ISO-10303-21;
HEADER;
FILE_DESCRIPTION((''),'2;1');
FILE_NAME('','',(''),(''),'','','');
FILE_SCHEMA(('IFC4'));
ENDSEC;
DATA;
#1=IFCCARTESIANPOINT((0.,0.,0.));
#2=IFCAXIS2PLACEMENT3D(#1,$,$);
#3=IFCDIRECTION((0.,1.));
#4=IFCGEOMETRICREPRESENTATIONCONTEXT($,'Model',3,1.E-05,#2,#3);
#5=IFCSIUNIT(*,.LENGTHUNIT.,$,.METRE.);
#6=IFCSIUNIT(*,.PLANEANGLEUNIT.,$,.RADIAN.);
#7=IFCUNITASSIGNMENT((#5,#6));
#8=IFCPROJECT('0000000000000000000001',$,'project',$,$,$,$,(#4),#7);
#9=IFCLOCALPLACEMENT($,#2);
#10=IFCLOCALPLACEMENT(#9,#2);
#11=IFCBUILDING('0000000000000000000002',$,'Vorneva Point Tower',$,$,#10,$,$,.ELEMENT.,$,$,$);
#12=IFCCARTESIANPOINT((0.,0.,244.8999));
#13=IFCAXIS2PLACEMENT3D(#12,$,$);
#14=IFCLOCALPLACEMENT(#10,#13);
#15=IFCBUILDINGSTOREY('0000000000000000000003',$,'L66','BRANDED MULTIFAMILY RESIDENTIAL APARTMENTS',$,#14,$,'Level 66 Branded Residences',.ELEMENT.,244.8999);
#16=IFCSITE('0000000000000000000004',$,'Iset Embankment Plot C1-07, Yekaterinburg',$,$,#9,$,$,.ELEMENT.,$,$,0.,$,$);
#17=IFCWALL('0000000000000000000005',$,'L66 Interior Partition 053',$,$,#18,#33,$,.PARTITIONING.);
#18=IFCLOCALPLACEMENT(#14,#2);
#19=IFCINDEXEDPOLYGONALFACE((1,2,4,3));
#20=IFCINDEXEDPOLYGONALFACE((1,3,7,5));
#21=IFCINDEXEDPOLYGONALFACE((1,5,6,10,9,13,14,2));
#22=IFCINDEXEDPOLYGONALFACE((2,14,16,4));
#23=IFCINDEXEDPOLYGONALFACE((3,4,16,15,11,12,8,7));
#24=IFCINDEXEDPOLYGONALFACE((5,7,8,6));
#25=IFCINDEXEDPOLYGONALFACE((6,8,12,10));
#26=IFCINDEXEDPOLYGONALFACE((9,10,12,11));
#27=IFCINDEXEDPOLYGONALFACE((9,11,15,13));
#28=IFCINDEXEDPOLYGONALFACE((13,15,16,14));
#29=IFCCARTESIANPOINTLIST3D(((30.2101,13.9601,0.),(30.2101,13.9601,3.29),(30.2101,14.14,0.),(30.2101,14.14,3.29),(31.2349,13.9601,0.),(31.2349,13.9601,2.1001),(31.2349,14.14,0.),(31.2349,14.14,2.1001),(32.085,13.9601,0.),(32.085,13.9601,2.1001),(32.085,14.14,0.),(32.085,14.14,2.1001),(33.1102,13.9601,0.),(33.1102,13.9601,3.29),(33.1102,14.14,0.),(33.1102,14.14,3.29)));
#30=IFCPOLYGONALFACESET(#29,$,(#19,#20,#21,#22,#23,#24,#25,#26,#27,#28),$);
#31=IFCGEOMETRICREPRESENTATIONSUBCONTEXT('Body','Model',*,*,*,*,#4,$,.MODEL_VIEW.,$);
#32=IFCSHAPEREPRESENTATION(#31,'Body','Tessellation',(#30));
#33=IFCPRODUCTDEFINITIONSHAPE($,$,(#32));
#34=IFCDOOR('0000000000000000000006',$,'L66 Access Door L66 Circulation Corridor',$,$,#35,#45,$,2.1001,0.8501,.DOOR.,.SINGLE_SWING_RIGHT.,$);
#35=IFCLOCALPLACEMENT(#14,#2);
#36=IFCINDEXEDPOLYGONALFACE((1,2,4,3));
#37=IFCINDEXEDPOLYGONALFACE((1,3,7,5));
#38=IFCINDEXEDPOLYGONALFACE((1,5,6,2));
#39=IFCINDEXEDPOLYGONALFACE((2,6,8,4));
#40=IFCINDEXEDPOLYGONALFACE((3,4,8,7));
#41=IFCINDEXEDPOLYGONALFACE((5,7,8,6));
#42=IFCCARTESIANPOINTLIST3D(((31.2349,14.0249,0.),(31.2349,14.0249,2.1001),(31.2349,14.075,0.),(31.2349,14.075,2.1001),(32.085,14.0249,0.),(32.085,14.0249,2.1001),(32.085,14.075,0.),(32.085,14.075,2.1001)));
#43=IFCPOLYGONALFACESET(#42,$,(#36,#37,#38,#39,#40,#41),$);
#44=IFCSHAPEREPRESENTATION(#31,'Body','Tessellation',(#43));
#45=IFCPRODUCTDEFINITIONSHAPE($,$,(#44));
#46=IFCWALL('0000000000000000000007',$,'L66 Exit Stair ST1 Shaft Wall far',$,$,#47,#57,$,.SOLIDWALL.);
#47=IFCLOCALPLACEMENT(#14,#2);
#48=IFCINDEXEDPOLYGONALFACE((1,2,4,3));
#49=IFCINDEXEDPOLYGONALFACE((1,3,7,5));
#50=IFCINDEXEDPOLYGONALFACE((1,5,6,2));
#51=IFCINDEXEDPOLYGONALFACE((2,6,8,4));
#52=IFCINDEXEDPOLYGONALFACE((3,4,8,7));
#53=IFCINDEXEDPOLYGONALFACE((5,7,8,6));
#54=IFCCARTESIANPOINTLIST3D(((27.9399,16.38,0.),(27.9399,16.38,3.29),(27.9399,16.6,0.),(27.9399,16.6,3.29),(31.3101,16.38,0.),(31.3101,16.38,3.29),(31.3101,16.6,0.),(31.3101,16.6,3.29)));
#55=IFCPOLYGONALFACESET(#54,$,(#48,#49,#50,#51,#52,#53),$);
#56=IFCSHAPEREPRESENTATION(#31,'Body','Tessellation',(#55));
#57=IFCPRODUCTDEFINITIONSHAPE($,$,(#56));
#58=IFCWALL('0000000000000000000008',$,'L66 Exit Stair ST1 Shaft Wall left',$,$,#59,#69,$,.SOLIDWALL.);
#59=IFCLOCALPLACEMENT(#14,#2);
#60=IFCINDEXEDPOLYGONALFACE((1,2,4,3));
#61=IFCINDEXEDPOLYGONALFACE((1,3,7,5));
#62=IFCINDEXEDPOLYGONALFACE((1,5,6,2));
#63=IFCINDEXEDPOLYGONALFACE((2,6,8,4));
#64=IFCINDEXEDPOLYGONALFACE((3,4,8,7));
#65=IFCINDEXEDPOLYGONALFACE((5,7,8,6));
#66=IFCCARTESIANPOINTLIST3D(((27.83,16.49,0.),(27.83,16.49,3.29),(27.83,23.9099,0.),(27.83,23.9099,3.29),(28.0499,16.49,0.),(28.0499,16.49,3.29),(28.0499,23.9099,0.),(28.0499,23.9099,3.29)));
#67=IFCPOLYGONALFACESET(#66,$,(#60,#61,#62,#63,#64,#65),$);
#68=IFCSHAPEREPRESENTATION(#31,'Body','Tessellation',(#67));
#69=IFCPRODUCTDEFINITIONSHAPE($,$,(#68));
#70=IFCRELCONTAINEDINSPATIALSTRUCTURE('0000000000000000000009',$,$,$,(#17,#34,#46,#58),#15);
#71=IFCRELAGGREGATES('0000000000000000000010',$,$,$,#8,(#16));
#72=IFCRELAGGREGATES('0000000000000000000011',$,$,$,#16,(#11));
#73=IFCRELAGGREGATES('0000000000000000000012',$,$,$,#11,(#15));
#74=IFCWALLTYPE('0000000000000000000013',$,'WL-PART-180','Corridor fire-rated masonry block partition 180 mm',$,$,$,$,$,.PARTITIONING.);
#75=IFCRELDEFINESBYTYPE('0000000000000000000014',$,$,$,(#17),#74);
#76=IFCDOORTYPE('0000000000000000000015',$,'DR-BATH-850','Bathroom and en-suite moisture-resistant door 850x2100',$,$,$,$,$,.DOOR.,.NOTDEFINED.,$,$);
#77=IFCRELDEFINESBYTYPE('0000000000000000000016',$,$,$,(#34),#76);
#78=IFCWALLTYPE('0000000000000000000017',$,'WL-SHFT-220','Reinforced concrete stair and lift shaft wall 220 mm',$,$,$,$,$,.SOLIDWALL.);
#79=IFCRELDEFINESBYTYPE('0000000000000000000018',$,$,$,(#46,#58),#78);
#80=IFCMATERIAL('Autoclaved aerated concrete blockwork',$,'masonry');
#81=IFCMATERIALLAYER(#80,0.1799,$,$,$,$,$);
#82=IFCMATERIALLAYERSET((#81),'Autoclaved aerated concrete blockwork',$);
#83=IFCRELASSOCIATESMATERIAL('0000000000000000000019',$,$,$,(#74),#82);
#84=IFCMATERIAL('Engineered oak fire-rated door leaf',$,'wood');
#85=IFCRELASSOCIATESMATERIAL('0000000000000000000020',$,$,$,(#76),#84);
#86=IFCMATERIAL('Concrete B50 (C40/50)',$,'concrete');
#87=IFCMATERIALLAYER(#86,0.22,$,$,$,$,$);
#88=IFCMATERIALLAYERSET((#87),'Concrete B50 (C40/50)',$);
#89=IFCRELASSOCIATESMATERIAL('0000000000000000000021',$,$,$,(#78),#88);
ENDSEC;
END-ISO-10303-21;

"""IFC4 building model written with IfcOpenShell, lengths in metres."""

from ifc_helpers import new_model, si_unit, direction, frame, frame_2d, origin, place, context, subcontext, project, spatial, rectangle, extrude, material, layer, layer_set, type_object, element, fill, save


model = new_model("IFC4")

# Units and contexts
model_context = context("Model", 3, precision=1e-05, world=origin(), true_north=direction((0.0, 1.0)))
body_context = subcontext(model_context, "Body", "Model", "MODEL_VIEW")
ifc_project = project(units=[si_unit("LENGTHUNIT", "METRE"), si_unit("PLANEANGLEUNIT", "RADIAN")], contexts=[model_context])

# Site, building, storey
site_placement = place(None, origin())
site = spatial("IfcSite", under=ifc_project, at=site_placement, Name="Iset Embankment Plot C1-07, Yekaterinburg", CompositionType="ELEMENT", RefElevation=0.0)
building_placement = place(site_placement, origin())
building = spatial("IfcBuilding", under=site, at=building_placement, Name="Vorneva Point Tower", CompositionType="ELEMENT")
storey_placement = place(building_placement, frame((0.0, 0.0, 244.8999)))
storey = spatial("IfcBuildingStorey", under=building, at=storey_placement, Name="L66", Description="BRANDED MULTIFAMILY RESIDENTIAL APARTMENTS", LongName="Level 66 Branded Residences", CompositionType="ELEMENT", Elevation=244.8999)

# Shared definitions
ifc_material_1 = material(Name="Concrete B50 (C40/50)", Category="concrete")

# Shared definitions
ifc_material_2 = material(Name="Autoclaved aerated concrete blockwork", Category="masonry")
ifc_layer_1 = layer(ifc_material_2, 0.1799)
ifc_layer_set_1 = layer_set([ifc_layer_1], Name="Autoclaved aerated concrete blockwork")
wall_type_1 = type_object("IfcWallType", Name="WL-PART-180", Description="Corridor fire-rated masonry block partition 180 mm", PredefinedType="PARTITIONING", material=ifc_layer_set_1)
ifc_material_3 = material(Name="Engineered oak fire-rated door leaf", Category="wood")
door_type_1 = type_object("IfcDoorType", Name="DR-BATH-850", Description="Bathroom and en-suite moisture-resistant door 850x2100", OperationType="NOTDEFINED", PredefinedType="DOOR", material=ifc_material_3)

# Wall, opening, door
wall_1_placement = place(storey_placement, frame((30.21, 14.05, 0.0), z_axis=(0.0, 0.0, 1.0), x_axis=(1.0, 0.0, 0.0)))
wall_1 = element("IfcWall", 1, at=wall_1_placement, inside=storey, type_object=wall_type_1, Name="L66 Interior Partition 053", PredefinedType="PARTITIONING", context=body_context, shape_type="SweptSolid", body=[
    extrude(rectangle(XDim=2.9001, YDim=0.1799, at=frame_2d((1.4502, 0.0))), origin(), (0.0, 0.0, 1.0), 3.29),
])
opening_1_placement = place(wall_1_placement, frame((1.0249, 0.0, 0.0)))
opening_1 = element("IfcOpeningElement", 2, at=opening_1_placement, cuts=wall_1, PredefinedType="OPENING", context=body_context, shape_type="SweptSolid", body=[
    extrude(rectangle(XDim=0.8501, YDim=2.1001, at=frame_2d((0.425, 1.05))), frame((0.0, 0.105, 0.0), z_axis=(0.0, -1.0, 0.0), x_axis=(1.0, 0.0, 0.0)), (0.0, 0.0, 1.0), 0.2097),
])
door_1_placement = place(opening_1_placement, origin())
door_1 = element("IfcDoor", 3, at=door_1_placement, inside=storey, type_object=door_type_1, Name="L66 Access Door L66 Circulation Corridor", OperationType="SINGLE_SWING_RIGHT", OverallHeight=2.1001, OverallWidth=0.8501, PredefinedType="DOOR", context=body_context, shape_type="SweptSolid", body=[
    extrude(rectangle(XDim=0.8501, YDim=2.1001, at=frame_2d((0.425, 1.05))), frame((0.0, 0.0249, 0.0), z_axis=(0.0, -1.0, 0.0), x_axis=(1.0, 0.0, 0.0)), (0.0, 0.0, 1.0), 0.05),
])
fill(opening_1, door_1)

# Walls
ifc_layer_2 = layer(ifc_material_1, 0.22)
ifc_layer_set_2 = layer_set([ifc_layer_2], Name="Concrete B50 (C40/50)")
wall_type_2 = type_object("IfcWallType", Name="WL-SHFT-220", Description="Reinforced concrete stair and lift shaft wall 220 mm", PredefinedType="SOLIDWALL", material=ifc_layer_set_2)
wall_2_placement = place(storey_placement, frame((31.3101, 16.49, 0.0), z_axis=(0.0, 0.0, 1.0), x_axis=(-1.0, 0.0, 0.0)))
element("IfcWall", 4, at=wall_2_placement, inside=storey, type_object=wall_type_2, Name="L66 Exit Stair ST1 Shaft Wall far", PredefinedType="SOLIDWALL", context=body_context, shape_type="SweptSolid", body=[
    extrude(rectangle(XDim=3.3701, YDim=0.22, at=frame_2d((1.6851, 0.0))), origin(), (0.0, 0.0, 1.0), 3.29),
])
wall_3_placement = place(storey_placement, frame((27.9399, 16.49, 0.0), z_axis=(0.0, 0.0, 1.0), x_axis=(0.0, 1.0, 0.0)))
element("IfcWall", 5, at=wall_3_placement, inside=storey, type_object=wall_type_2, Name="L66 Exit Stair ST1 Shaft Wall left", PredefinedType="SOLIDWALL", context=body_context, shape_type="SweptSolid", body=[
    extrude(rectangle(XDim=7.4199, YDim=0.22, at=frame_2d((3.71, 0.0))), origin(), (0.0, 0.0, 1.0), 3.29),
])

save(model, "model.ifc")
